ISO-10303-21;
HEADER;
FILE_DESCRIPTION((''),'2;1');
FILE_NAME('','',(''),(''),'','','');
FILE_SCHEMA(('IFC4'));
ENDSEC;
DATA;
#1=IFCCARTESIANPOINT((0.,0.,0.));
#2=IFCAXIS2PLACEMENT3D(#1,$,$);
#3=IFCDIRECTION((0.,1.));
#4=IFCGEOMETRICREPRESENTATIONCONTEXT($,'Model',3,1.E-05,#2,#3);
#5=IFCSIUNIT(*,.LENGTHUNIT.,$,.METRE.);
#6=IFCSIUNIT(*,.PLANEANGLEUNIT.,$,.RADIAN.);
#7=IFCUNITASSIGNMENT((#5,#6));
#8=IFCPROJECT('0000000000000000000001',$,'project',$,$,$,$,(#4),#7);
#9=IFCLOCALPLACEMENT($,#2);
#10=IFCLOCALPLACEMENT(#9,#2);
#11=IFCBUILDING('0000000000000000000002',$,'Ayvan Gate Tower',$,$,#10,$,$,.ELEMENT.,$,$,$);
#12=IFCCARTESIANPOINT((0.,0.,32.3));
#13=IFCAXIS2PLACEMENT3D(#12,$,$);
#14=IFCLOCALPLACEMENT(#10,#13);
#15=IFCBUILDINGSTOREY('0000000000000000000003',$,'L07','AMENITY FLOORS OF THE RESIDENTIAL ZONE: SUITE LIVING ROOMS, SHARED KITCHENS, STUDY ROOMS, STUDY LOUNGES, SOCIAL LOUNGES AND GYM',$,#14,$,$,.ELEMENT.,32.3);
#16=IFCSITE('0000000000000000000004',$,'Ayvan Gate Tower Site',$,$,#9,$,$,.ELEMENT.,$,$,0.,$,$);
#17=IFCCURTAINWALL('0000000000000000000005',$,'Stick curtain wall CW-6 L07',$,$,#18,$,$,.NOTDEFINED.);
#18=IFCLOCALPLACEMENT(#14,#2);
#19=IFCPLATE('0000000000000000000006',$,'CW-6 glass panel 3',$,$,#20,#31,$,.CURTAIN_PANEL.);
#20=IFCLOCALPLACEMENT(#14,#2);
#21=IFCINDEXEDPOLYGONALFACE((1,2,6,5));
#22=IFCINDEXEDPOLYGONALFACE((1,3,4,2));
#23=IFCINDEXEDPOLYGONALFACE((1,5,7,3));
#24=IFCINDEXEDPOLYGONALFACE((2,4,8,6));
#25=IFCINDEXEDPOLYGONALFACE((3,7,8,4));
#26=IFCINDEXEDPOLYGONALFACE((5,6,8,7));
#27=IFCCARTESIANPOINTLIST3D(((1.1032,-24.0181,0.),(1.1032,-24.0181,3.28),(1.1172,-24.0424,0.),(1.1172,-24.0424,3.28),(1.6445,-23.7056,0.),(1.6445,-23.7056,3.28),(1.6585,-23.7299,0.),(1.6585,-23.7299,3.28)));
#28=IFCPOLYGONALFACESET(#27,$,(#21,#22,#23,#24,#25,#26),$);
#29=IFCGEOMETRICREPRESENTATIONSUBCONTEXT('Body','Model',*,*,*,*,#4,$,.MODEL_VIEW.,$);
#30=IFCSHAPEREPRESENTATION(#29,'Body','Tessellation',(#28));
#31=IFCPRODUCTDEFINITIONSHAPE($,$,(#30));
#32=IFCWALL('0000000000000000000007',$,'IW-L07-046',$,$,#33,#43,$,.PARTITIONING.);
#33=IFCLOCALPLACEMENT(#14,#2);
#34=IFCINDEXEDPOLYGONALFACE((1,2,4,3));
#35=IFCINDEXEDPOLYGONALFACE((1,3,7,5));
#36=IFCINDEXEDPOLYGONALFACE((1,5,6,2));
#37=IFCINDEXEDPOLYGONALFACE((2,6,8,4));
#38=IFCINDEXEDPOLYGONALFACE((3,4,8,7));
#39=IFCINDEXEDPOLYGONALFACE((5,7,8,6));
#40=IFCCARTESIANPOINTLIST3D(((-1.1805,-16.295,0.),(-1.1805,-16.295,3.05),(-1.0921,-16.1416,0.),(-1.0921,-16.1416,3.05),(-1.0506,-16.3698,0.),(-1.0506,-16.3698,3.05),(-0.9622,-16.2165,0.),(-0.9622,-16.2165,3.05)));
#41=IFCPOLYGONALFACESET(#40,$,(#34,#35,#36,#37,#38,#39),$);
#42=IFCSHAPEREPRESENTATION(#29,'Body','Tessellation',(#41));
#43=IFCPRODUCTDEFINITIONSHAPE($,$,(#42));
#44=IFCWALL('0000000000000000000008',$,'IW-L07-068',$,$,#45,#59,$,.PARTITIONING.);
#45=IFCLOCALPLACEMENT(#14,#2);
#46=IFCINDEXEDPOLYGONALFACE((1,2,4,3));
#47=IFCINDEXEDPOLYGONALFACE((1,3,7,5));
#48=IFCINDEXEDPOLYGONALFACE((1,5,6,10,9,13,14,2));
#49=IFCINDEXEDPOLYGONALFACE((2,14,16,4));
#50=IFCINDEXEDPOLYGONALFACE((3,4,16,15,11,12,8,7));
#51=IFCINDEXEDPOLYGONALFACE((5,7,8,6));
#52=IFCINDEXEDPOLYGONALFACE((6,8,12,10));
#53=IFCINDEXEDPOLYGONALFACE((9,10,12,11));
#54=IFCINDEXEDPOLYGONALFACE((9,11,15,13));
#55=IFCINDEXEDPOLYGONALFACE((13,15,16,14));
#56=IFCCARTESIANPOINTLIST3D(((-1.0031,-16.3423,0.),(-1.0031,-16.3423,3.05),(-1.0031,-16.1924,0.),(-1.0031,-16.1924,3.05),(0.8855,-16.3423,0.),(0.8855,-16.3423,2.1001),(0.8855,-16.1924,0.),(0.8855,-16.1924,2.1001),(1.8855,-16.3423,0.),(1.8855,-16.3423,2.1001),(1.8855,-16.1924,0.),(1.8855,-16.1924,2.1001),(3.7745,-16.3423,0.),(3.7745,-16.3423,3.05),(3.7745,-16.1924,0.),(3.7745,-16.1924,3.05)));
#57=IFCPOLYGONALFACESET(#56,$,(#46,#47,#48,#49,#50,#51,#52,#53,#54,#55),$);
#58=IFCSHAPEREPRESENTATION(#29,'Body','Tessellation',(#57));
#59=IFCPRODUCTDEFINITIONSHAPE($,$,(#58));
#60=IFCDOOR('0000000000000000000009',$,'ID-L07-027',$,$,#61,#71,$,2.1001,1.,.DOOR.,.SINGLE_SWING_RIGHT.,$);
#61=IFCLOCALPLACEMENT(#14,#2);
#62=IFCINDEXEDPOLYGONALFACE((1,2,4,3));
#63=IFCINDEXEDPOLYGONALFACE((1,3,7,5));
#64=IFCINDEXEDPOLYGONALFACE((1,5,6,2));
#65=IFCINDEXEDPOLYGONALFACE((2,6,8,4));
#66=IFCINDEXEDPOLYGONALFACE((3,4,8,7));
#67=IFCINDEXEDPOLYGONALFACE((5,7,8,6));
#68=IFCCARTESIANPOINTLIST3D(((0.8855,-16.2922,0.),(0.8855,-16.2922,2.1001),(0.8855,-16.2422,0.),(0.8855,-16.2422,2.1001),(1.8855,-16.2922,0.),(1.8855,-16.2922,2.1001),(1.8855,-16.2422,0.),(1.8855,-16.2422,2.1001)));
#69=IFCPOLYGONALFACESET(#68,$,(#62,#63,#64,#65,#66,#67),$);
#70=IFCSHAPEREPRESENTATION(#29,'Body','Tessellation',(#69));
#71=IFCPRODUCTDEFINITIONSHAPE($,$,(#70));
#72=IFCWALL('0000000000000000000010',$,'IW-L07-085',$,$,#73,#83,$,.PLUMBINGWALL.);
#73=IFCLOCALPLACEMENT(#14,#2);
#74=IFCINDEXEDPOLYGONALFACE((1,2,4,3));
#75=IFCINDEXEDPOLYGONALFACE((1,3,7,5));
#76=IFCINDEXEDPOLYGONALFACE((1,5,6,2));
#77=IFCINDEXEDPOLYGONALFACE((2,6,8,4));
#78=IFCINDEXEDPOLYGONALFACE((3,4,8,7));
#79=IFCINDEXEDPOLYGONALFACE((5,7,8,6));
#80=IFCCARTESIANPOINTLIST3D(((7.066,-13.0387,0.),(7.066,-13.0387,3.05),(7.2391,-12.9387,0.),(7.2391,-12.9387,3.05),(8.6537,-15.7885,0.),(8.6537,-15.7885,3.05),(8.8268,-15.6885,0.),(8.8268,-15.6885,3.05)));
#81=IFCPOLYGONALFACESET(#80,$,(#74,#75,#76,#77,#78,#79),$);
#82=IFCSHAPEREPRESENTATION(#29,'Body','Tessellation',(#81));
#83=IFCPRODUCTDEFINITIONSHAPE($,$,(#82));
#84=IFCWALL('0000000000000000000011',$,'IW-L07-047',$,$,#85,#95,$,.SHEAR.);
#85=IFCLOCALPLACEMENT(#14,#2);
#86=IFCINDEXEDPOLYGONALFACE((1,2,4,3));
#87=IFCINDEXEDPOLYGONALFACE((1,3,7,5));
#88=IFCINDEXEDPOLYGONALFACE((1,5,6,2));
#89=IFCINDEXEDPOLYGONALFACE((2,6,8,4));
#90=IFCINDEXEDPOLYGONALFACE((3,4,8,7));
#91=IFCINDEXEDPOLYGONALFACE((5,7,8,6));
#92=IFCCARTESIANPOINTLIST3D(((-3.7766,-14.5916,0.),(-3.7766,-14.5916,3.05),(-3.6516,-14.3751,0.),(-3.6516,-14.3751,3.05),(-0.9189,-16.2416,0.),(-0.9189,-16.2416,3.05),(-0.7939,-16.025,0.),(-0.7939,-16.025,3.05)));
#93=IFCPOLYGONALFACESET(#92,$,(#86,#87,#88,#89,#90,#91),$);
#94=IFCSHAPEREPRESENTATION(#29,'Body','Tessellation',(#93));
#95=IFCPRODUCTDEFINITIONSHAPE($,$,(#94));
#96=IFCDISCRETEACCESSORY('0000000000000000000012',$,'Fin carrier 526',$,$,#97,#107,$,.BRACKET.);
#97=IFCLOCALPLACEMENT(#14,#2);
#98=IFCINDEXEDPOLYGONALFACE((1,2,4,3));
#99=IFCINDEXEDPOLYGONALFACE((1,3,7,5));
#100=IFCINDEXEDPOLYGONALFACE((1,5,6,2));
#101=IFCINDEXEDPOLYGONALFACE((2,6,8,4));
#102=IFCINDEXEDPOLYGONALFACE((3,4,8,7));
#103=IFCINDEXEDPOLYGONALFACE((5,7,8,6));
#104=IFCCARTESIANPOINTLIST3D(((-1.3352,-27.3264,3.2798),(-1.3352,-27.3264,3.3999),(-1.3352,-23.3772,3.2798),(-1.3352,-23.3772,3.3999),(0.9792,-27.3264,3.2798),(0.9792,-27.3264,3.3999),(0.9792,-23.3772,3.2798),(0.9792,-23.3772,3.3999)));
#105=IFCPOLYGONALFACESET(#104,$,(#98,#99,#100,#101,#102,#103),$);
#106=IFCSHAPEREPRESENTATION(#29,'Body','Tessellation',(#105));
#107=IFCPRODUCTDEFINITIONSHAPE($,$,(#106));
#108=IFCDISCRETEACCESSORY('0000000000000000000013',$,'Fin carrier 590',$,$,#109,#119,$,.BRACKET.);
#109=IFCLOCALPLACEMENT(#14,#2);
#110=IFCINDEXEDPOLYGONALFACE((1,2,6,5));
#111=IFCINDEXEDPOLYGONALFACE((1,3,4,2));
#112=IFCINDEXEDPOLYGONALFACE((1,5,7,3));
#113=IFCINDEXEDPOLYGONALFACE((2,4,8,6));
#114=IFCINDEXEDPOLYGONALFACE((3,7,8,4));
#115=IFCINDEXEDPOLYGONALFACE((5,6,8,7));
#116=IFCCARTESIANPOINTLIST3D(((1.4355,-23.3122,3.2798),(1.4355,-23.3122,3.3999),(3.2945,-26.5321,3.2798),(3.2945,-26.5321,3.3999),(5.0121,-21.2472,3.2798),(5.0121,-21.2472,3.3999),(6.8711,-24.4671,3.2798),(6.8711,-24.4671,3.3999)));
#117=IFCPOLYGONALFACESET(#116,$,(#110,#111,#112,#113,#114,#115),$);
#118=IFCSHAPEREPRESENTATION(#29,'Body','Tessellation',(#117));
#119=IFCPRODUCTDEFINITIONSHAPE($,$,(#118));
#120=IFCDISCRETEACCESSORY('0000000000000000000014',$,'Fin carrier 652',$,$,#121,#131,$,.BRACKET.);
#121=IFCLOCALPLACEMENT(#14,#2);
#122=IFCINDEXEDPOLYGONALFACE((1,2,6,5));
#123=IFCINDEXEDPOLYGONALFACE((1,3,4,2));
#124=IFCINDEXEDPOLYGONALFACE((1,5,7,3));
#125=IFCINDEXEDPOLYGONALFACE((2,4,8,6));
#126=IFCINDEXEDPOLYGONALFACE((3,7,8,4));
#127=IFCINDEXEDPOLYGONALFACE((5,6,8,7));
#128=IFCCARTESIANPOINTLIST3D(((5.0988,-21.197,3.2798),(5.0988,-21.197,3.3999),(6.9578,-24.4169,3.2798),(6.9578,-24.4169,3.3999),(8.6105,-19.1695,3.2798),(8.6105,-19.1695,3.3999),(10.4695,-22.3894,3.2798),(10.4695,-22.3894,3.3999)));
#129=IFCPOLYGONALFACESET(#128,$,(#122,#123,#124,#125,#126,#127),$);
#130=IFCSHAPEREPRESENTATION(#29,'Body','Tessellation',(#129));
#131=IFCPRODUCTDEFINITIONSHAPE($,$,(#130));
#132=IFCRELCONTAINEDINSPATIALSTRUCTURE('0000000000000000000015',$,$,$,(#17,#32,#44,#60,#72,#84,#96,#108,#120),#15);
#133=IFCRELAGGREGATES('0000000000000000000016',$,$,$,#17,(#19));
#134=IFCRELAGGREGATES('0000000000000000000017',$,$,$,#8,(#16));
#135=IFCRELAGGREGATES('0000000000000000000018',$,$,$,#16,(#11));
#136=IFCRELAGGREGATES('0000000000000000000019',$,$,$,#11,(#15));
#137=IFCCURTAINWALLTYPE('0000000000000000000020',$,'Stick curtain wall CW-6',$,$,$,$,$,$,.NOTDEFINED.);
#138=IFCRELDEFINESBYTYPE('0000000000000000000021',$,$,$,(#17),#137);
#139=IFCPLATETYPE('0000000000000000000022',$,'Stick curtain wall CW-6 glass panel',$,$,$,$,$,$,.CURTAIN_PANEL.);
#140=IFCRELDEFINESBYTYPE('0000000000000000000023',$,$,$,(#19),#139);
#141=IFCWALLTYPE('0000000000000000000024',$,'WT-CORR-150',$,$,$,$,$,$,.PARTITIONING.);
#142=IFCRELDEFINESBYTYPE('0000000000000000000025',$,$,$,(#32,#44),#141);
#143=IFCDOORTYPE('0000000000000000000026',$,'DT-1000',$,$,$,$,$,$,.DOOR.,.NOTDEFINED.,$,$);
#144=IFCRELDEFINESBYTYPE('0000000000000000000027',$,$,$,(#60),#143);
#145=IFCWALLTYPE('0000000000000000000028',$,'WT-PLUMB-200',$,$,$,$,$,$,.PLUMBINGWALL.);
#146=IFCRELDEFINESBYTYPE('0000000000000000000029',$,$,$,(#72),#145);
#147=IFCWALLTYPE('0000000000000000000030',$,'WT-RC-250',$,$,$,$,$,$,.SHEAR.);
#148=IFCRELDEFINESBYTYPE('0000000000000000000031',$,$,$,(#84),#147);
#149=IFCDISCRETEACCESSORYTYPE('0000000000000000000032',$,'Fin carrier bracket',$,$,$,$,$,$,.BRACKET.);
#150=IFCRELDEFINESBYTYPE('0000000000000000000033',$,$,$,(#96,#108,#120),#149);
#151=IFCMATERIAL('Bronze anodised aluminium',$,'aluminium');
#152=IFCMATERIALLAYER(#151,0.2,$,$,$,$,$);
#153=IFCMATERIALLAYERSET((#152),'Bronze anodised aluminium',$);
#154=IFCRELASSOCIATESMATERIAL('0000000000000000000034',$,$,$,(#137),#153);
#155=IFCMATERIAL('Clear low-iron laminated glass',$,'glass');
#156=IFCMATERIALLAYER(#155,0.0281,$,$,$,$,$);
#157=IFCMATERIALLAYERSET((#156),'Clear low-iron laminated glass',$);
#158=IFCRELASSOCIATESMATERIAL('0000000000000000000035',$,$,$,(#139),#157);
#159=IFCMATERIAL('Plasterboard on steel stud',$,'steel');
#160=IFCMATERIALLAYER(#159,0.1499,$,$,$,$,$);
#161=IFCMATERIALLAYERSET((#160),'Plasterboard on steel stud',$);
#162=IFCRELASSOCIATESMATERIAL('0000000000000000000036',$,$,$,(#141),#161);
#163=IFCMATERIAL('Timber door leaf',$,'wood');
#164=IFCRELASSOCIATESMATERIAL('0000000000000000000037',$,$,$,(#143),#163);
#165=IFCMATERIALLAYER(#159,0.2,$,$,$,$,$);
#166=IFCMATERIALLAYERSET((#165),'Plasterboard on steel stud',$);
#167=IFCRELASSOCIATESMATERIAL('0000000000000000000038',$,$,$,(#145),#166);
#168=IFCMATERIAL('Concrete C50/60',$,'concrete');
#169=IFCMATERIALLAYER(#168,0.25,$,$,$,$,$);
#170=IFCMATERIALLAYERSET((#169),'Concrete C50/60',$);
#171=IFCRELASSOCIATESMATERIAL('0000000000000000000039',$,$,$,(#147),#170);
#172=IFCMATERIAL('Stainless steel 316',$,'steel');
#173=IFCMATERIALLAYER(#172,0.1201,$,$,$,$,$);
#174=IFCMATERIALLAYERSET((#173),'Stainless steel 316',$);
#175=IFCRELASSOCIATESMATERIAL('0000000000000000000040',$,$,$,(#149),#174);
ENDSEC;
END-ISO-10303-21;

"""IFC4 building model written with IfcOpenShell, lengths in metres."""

from ifc_helpers import new_model, si_unit, direction, frame, frame_2d, origin, origin_2d, place, context, subcontext, project, spatial, rectangle, extrude, material, layer, layer_set, type_object, element, fill, aggregate, save


model = new_model("IFC4")

# Units and contexts
model_context = context("Model", 3, precision=1e-05, world=origin(), true_north=direction((0.0, 1.0)))
body_context = subcontext(model_context, "Body", "Model", "MODEL_VIEW")
ifc_project = project(units=[si_unit("LENGTHUNIT", "METRE"), si_unit("PLANEANGLEUNIT", "RADIAN")], contexts=[model_context])

# Site, building, storey
site_placement = place(None, origin())
site = spatial("IfcSite", under=ifc_project, at=site_placement, Name="Ayvan Gate Tower Site", CompositionType="ELEMENT", RefElevation=0.0)
building_placement = place(site_placement, origin())
building = spatial("IfcBuilding", under=site, at=building_placement, Name="Ayvan Gate Tower", CompositionType="ELEMENT")
storey_placement = place(building_placement, frame((0.0, 0.0, 32.3)))
storey = spatial("IfcBuildingStorey", under=building, at=storey_placement, Name="L07", Description="AMENITY FLOORS OF THE RESIDENTIAL ZONE: SUITE LIVING ROOMS, SHARED KITCHENS, STUDY ROOMS, STUDY LOUNGES, SOCIAL LOUNGES AND GYM", CompositionType="ELEMENT", Elevation=32.3)

# Curtain wall
ifc_material_1 = material(Name="Bronze anodised aluminium", Category="aluminium")
ifc_layer_1 = layer(ifc_material_1, 0.2)
ifc_layer_set_1 = layer_set([ifc_layer_1], Name="Bronze anodised aluminium")
curtain_wall_type_1 = type_object("IfcCurtainWallType", Name="Stick curtain wall CW-6", PredefinedType="NOTDEFINED", material=ifc_layer_set_1)
curtain_wall_1_placement = place(storey_placement, origin())
curtain_wall_1 = element("IfcCurtainWall", 1, at=curtain_wall_1_placement, inside=storey, type_object=curtain_wall_type_1, Name="Stick curtain wall CW-6 L07", PredefinedType="NOTDEFINED")

# Plate
ifc_material_2 = material(Name="Clear low-iron laminated glass", Category="glass")
ifc_layer_2 = layer(ifc_material_2, 0.0281)
ifc_layer_set_2 = layer_set([ifc_layer_2], Name="Clear low-iron laminated glass")
plate_type_1 = type_object("IfcPlateType", Name="Stick curtain wall CW-6 glass panel", PredefinedType="CURTAIN_PANEL", material=ifc_layer_set_2)
plate_1_placement = place(storey_placement, frame((1.3809, -23.874, 0.0), z_axis=(0.0, 0.0, 1.0), x_axis=(0.866025, 0.5, 0.0)))
plate_1 = element("IfcPlate", 2, at=plate_1_placement, type_object=plate_type_1, Name="CW-6 glass panel 3", PredefinedType="CURTAIN_PANEL", context=body_context, shape_type="SweptSolid", body=[
    extrude(rectangle(XDim=0.625, YDim=0.0281, at=origin_2d()), origin(), (0.0, 0.0, 1.0), 3.28),
])
aggregate(curtain_wall_1, [plate_1])

# Wall
ifc_material_3 = material(Name="Plasterboard on steel stud", Category="steel")
ifc_layer_3 = layer(ifc_material_3, 0.1499)
ifc_layer_set_3 = layer_set([ifc_layer_3], Name="Plasterboard on steel stud")
wall_type_1 = type_object("IfcWallType", Name="WT-CORR-150", PredefinedType="PARTITIONING", material=ifc_layer_set_3)
wall_1_placement = place(storey_placement, frame((-1.1155, -16.3323, 0.0), z_axis=(0.0, 0.0, 1.0), x_axis=(0.499404, 0.866369, 0.0)))
element("IfcWall", 3, at=wall_1_placement, inside=storey, type_object=wall_type_1, Name="IW-L07-046", PredefinedType="PARTITIONING", context=body_context, shape_type="SweptSolid", body=[
    extrude(rectangle(XDim=0.177, YDim=0.1499, at=frame_2d((0.0884, 0.0))), origin(), (0.0, 0.0, 1.0), 3.05),
])

# Wall, opening, door
wall_2_placement = place(storey_placement, frame((3.7744, -16.2673, 0.0), z_axis=(0.0, 0.0, 1.0), x_axis=(-1.0, 0.0, 0.0)))
wall_2 = element("IfcWall", 4, at=wall_2_placement, inside=storey, type_object=wall_type_1, Name="IW-L07-068", PredefinedType="PARTITIONING", context=body_context, shape_type="SweptSolid", body=[
    extrude(rectangle(XDim=4.7776, YDim=0.1499, at=frame_2d((2.3887, 0.0))), origin(), (0.0, 0.0, 1.0), 3.05),
])
opening_placement = place(wall_2_placement, frame((1.8889, 0.0, 0.0)))
opening = element("IfcOpeningElement", 5, at=opening_placement, cuts=wall_2, PredefinedType="OPENING", context=body_context, shape_type="SweptSolid", body=[
    extrude(rectangle(XDim=1.0, YDim=2.1001, at=frame_2d((0.5, 1.05))), frame((0.0, 0.085, 0.0), z_axis=(0.0, -1.0, 0.0), x_axis=(1.0, 0.0, 0.0)), (0.0, 0.0, 1.0), 0.1699),
])
ifc_material_4 = material(Name="Timber door leaf", Category="wood")
door_type = type_object("IfcDoorType", Name="DT-1000", OperationType="NOTDEFINED", PredefinedType="DOOR", material=ifc_material_4)
door_placement = place(opening_placement, origin())
door = element("IfcDoor", 6, at=door_placement, inside=storey, type_object=door_type, Name="ID-L07-027", OperationType="SINGLE_SWING_RIGHT", OverallHeight=2.1001, OverallWidth=1.0, PredefinedType="DOOR", context=body_context, shape_type="SweptSolid", body=[
    extrude(rectangle(XDim=1.0, YDim=2.1001, at=frame_2d((0.5, 1.05))), frame((0.0, 0.0249, 0.0), z_axis=(0.0, -1.0, 0.0), x_axis=(1.0, 0.0, 0.0)), (0.0, 0.0, 1.0), 0.05),
])
fill(opening, door)

# Walls
ifc_layer_4 = layer(ifc_material_3, 0.2)
ifc_layer_set_4 = layer_set([ifc_layer_4], Name="Plasterboard on steel stud")
wall_type_2 = type_object("IfcWallType", Name="WT-PLUMB-200", PredefinedType="PLUMBINGWALL", material=ifc_layer_set_4)
wall_3_placement = place(storey_placement, frame((8.7402, -15.7385, 0.0), z_axis=(0.0, 0.0, 1.0), x_axis=(-0.500018, 0.866015, 0.0)))
element("IfcWall", 7, at=wall_3_placement, inside=storey, type_object=wall_type_2, Name="IW-L07-085", PredefinedType="PLUMBINGWALL", context=body_context, shape_type="SweptSolid", body=[
    extrude(rectangle(XDim=3.1753, YDim=0.2, at=frame_2d((1.5876, 0.0))), origin(), (0.0, 0.0, 1.0), 3.05),
])
ifc_material_5 = material(Name="Concrete C50/60", Category="concrete")
ifc_layer_5 = layer(ifc_material_5, 0.25)
ifc_layer_set_5 = layer_set([ifc_layer_5], Name="Concrete C50/60")
wall_type_3 = type_object("IfcWallType", Name="WT-RC-250", PredefinedType="SHEAR", material=ifc_layer_set_5)
wall_4_placement = place(storey_placement, frame((-0.8564, -16.1333, 0.0), z_axis=(0.0, 0.0, 1.0), x_axis=(-0.866022, 0.500006, 0.0)))
element("IfcWall", 8, at=wall_4_placement, inside=storey, type_object=wall_type_3, Name="IW-L07-047", PredefinedType="SHEAR", context=body_context, shape_type="SweptSolid", body=[
    extrude(rectangle(XDim=3.2998, YDim=0.25, at=frame_2d((1.6499, 0.0))), origin(), (0.0, 0.0, 1.0), 3.05),
])

# Discrete accessories
ifc_material_6 = material(Name="Stainless steel 316", Category="steel")
ifc_layer_6 = layer(ifc_material_6, 0.1201)
ifc_layer_set_6 = layer_set([ifc_layer_6], Name="Stainless steel 316")
discrete_accessory_type = type_object("IfcDiscreteAccessoryType", Name="Fin carrier bracket", PredefinedType="BRACKET", material=ifc_layer_set_6)
discrete_accessory_1_placement = place(storey_placement, frame((-0.178, -25.3518, 3.2798), z_axis=(0.0, 0.0, 1.0), x_axis=(1.0, 0.0, 0.0)))
element("IfcDiscreteAccessory", 9, at=discrete_accessory_1_placement, inside=storey, type_object=discrete_accessory_type, Name="Fin carrier 526", PredefinedType="BRACKET", context=body_context, shape_type="SweptSolid", body=[
    extrude(rectangle(XDim=2.3145, YDim=3.9492, at=origin_2d()), origin(), (0.0, 0.0, 1.0), 0.1201),
])
discrete_accessory_2_placement = place(storey_placement, frame((4.1533, -23.8896, 3.2798), z_axis=(0.0, 0.0, 1.0), x_axis=(0.866025, 0.5, 0.0)))
element("IfcDiscreteAccessory", 10, at=discrete_accessory_2_placement, inside=storey, type_object=discrete_accessory_type, Name="Fin carrier 590", PredefinedType="BRACKET", context=body_context, shape_type="SweptSolid", body=[
    extrude(rectangle(XDim=4.1299, YDim=3.718, at=origin_2d()), origin(), (0.0, 0.0, 1.0), 0.1201),
])
discrete_accessory_3_placement = place(storey_placement, frame((7.7842, -21.7932, 3.2798), z_axis=(0.0, 0.0, 1.0), x_axis=(0.866025, 0.5, 0.0)))
element("IfcDiscreteAccessory", 11, at=discrete_accessory_3_placement, inside=storey, type_object=discrete_accessory_type, Name="Fin carrier 652", PredefinedType="BRACKET", context=body_context, shape_type="SweptSolid", body=[
    extrude(rectangle(XDim=4.0549, YDim=3.718, at=origin_2d()), origin(), (0.0, 0.0, 1.0), 0.1201),
])

save(model, "model.ifc")
